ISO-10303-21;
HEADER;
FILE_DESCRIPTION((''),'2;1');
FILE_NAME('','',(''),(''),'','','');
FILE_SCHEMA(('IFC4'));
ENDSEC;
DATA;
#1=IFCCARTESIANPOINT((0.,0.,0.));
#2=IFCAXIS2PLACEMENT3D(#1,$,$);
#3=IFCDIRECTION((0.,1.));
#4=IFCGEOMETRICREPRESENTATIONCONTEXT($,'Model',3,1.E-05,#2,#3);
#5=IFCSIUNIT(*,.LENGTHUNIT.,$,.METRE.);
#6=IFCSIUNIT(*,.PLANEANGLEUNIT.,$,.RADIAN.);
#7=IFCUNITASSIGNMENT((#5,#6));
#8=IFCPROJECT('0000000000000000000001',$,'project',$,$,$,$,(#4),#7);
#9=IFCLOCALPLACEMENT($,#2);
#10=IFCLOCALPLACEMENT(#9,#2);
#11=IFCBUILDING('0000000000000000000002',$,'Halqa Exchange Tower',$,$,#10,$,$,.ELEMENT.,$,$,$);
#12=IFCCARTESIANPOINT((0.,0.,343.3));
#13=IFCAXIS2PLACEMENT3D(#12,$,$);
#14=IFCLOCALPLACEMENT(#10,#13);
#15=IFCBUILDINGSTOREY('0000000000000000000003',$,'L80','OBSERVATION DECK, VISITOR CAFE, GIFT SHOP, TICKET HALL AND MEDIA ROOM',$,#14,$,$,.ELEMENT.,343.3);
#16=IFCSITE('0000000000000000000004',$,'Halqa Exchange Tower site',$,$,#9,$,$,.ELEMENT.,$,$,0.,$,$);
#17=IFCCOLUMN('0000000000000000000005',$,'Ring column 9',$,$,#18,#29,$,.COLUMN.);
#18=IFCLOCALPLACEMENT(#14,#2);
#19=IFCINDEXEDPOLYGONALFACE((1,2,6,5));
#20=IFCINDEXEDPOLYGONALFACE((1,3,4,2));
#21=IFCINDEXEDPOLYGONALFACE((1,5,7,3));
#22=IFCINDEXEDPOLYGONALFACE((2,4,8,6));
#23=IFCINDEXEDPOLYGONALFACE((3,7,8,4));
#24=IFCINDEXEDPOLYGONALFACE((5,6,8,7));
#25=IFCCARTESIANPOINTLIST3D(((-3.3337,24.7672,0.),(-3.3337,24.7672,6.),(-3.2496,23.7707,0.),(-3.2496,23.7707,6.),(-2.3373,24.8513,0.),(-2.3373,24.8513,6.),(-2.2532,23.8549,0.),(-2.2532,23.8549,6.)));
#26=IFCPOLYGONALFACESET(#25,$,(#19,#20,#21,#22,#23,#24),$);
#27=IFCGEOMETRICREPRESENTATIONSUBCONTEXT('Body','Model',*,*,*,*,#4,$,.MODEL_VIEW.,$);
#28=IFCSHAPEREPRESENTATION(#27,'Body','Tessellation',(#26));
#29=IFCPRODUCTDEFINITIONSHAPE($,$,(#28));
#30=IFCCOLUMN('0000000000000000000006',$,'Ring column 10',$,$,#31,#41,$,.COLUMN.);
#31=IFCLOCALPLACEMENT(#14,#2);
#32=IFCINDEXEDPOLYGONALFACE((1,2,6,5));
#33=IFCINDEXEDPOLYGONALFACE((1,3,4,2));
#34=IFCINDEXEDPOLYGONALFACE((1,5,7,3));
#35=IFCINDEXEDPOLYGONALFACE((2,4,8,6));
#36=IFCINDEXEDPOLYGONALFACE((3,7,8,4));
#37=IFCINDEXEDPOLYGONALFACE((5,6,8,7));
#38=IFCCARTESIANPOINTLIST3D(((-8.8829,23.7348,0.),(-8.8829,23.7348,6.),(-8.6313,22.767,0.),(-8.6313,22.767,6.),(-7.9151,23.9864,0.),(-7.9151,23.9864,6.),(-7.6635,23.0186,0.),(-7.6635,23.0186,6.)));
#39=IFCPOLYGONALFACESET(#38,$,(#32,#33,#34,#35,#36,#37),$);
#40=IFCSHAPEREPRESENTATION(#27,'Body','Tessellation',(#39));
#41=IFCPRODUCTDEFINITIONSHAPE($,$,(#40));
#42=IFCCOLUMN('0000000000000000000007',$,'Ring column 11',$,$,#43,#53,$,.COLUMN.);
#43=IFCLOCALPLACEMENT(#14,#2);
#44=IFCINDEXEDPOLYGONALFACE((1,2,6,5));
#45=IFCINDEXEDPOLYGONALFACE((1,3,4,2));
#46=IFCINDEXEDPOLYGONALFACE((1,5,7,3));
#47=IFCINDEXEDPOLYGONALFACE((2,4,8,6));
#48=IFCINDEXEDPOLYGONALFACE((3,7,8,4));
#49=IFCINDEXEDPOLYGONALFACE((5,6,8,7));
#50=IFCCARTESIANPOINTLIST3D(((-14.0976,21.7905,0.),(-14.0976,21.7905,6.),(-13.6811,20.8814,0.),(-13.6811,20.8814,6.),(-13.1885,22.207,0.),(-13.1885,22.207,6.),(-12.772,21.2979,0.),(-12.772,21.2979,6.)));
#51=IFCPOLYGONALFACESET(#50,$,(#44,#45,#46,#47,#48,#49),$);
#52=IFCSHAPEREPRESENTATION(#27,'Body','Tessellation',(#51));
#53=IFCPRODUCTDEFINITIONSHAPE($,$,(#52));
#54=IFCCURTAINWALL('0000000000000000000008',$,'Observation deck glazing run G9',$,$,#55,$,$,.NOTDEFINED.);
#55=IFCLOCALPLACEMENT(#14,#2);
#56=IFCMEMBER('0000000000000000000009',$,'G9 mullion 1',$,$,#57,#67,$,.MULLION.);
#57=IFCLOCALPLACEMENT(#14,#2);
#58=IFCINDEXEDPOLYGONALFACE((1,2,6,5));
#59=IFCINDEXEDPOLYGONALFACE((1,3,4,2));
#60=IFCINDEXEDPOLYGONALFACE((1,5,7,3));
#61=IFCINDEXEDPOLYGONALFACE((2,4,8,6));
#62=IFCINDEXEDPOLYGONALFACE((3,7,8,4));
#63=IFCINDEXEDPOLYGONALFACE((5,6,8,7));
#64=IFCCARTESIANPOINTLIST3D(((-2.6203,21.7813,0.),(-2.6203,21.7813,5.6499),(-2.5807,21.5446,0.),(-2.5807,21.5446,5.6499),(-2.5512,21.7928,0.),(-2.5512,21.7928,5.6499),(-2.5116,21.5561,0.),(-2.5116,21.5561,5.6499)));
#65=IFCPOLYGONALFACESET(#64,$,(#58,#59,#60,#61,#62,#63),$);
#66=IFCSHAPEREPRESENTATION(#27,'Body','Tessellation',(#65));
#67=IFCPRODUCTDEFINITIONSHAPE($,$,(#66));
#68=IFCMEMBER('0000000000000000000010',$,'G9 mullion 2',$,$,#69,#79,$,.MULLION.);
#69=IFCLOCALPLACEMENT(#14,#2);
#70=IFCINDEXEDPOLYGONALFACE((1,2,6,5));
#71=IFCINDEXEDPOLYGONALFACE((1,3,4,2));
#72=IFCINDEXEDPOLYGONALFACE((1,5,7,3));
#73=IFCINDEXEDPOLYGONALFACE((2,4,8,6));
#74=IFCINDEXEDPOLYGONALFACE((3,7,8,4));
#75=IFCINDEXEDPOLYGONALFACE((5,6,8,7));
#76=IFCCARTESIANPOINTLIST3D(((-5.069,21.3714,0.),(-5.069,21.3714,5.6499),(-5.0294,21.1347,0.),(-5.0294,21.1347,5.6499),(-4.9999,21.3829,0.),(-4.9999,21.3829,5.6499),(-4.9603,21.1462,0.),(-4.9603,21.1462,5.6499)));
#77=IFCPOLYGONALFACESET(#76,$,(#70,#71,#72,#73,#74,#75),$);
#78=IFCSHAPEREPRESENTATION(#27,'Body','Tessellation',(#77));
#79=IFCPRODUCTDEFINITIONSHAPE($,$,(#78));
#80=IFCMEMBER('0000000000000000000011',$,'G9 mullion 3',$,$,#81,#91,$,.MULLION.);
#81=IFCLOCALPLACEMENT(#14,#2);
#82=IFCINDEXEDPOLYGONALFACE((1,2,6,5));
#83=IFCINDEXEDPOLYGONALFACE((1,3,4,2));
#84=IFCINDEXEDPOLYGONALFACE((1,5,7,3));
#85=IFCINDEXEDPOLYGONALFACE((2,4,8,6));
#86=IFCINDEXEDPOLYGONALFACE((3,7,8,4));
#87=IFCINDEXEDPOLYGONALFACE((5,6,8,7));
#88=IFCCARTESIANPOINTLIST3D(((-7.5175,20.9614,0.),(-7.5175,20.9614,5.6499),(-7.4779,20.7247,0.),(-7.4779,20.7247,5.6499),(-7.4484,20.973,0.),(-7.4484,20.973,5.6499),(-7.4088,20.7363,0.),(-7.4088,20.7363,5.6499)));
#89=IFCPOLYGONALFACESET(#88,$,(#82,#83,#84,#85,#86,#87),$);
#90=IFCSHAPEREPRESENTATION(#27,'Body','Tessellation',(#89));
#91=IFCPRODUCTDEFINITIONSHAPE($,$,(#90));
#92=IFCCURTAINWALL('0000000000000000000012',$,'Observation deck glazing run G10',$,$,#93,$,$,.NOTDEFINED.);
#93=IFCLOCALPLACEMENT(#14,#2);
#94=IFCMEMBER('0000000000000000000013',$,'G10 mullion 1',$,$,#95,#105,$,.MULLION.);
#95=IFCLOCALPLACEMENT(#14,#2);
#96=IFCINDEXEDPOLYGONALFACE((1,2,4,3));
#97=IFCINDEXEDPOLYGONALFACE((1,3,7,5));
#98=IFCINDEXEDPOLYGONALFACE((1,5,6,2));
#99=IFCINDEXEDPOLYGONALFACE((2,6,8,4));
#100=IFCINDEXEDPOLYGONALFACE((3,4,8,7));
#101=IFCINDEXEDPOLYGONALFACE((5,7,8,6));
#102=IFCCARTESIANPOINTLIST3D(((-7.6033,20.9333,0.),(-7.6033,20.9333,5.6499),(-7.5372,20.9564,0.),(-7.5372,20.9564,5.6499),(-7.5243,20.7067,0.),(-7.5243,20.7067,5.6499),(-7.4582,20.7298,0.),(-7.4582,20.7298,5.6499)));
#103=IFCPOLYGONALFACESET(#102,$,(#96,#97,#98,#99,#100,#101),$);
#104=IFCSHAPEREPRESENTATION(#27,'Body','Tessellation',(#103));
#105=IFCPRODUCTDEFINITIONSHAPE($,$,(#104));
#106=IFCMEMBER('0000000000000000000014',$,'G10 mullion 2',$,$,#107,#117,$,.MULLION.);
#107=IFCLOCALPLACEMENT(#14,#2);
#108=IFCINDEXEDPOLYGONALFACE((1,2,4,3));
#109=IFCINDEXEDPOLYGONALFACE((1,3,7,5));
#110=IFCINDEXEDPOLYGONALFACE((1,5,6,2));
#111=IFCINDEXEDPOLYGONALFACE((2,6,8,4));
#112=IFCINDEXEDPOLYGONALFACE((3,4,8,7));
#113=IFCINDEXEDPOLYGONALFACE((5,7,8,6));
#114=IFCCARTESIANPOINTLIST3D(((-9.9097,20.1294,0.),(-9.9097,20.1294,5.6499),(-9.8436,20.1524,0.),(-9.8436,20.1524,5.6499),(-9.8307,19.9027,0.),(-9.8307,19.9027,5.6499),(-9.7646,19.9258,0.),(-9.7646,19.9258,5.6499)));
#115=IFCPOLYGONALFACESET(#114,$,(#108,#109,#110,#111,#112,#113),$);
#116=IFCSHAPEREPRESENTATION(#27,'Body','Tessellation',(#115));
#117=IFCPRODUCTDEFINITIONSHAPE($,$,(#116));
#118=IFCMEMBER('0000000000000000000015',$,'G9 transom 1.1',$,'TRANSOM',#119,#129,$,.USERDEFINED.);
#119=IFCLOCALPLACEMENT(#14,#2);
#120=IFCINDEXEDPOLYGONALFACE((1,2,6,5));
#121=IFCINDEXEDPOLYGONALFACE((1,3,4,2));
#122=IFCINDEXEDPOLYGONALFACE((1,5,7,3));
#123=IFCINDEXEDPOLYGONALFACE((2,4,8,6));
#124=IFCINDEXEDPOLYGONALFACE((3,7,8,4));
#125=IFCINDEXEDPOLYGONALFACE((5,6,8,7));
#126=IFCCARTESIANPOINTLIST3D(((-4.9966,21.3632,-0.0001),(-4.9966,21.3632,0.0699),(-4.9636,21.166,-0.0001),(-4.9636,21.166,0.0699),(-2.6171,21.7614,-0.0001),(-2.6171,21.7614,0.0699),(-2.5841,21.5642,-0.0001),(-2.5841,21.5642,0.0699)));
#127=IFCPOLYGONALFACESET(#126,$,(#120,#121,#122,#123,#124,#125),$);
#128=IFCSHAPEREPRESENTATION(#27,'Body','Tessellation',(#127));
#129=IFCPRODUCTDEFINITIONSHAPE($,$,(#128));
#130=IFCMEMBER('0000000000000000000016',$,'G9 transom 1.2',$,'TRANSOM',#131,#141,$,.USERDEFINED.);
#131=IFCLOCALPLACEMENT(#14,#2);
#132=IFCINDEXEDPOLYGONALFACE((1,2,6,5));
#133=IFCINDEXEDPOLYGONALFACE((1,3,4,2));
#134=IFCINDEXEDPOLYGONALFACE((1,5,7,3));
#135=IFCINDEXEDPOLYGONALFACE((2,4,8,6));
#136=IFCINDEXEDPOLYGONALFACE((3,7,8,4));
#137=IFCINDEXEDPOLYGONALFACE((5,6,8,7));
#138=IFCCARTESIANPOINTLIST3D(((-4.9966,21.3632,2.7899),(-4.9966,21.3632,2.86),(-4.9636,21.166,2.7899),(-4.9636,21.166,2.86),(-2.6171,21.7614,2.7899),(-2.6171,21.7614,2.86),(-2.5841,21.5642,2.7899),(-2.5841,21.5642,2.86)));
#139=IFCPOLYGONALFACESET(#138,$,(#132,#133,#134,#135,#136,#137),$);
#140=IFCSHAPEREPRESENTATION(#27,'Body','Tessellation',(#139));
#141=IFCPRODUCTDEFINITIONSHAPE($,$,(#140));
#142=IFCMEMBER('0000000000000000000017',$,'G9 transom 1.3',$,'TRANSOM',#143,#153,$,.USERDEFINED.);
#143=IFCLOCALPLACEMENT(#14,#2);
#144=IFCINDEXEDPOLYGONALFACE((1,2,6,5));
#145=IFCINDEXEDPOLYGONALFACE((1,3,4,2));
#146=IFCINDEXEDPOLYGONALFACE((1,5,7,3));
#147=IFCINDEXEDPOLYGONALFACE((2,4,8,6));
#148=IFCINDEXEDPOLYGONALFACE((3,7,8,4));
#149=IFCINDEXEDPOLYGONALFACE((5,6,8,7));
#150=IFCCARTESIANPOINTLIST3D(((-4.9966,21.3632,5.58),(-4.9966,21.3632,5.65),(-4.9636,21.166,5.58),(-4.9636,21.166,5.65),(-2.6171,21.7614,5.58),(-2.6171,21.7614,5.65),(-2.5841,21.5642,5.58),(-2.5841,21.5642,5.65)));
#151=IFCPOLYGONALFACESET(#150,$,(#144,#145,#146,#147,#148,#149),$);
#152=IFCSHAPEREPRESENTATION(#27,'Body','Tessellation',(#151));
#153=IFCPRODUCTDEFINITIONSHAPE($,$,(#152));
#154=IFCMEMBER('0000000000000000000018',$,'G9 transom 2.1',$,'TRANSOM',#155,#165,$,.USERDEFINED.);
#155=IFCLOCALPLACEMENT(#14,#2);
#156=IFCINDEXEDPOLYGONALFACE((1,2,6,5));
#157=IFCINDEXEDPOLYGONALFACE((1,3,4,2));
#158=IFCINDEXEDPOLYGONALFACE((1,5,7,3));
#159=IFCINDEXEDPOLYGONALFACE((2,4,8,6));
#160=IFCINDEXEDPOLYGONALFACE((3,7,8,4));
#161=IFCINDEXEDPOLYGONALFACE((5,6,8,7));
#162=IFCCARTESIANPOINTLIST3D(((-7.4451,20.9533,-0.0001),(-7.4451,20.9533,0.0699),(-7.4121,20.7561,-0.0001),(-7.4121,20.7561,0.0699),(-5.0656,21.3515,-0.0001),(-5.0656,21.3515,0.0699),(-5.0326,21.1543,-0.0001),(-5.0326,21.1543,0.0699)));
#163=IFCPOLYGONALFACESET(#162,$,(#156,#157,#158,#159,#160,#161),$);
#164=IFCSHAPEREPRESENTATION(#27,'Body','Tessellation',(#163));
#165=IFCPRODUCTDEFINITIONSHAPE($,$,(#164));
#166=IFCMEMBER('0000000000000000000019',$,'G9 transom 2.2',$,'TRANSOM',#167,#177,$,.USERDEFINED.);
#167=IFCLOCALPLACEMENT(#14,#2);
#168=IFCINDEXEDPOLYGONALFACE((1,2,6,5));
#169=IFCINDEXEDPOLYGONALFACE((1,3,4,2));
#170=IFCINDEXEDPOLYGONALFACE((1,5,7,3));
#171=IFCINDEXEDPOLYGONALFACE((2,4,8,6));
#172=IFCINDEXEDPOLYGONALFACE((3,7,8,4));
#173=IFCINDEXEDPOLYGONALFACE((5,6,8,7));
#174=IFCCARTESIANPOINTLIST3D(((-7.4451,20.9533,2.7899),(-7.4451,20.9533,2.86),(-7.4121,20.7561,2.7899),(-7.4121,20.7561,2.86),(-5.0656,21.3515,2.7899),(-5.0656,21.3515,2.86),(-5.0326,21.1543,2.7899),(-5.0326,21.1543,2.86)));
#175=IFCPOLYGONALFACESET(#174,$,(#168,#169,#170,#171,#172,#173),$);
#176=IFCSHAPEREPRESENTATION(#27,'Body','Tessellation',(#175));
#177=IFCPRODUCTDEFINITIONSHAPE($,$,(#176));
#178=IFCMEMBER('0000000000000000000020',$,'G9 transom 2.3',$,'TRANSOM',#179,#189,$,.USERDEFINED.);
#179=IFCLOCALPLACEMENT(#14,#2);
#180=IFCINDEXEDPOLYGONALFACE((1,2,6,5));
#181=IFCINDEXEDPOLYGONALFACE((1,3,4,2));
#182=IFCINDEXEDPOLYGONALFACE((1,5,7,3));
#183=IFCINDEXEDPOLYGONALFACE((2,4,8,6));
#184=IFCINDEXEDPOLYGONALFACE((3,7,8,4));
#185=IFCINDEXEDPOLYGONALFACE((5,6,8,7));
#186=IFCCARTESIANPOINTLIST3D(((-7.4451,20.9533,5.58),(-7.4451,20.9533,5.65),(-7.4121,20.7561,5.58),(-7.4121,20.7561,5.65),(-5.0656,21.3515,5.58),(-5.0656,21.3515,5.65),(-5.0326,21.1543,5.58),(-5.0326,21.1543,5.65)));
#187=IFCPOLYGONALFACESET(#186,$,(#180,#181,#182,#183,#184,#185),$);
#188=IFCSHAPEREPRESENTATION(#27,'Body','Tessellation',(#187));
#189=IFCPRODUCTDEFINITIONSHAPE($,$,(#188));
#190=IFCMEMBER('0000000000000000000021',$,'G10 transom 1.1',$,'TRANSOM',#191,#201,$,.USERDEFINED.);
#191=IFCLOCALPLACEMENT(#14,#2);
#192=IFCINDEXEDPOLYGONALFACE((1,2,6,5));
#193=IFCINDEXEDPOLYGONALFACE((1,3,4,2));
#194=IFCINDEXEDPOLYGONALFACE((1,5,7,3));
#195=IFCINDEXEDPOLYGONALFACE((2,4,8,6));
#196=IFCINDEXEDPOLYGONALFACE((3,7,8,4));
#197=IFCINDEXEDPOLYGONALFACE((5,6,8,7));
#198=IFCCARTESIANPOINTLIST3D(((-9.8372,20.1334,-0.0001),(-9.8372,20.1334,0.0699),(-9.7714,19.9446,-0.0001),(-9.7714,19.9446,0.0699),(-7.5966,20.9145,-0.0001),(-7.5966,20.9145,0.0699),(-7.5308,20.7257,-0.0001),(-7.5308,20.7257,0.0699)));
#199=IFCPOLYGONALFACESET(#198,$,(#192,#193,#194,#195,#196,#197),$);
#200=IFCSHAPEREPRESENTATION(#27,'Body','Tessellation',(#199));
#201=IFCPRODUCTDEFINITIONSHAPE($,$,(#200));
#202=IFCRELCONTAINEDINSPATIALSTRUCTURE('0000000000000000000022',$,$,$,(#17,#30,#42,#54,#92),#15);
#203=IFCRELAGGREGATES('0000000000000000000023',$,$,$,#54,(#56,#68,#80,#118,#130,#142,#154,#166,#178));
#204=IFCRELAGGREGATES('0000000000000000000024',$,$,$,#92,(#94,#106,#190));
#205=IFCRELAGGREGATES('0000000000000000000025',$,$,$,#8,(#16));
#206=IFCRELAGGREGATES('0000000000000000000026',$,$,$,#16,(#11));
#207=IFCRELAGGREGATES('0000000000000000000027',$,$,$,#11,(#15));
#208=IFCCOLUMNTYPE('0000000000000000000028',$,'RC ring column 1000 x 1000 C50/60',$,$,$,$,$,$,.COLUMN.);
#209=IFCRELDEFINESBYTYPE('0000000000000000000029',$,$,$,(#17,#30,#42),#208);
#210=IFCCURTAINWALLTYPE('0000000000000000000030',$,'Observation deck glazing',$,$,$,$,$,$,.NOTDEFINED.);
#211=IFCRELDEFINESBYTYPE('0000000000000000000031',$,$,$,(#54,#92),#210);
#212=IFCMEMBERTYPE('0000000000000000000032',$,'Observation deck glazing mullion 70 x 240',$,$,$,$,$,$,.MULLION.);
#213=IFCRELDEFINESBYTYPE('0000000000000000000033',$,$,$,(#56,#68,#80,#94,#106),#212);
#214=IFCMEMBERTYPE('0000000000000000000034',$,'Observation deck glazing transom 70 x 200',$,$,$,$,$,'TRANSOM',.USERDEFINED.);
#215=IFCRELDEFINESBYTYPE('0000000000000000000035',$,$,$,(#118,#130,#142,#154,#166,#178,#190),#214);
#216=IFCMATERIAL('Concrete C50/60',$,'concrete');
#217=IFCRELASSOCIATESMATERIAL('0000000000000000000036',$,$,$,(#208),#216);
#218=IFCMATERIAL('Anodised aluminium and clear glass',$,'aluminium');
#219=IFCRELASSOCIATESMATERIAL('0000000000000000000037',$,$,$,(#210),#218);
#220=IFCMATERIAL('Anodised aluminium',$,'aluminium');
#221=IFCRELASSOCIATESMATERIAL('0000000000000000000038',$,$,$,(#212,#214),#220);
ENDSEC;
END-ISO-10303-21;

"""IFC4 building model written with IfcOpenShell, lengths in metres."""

from ifc_helpers import new_model, si_unit, direction, frame, origin, origin_2d, place, context, subcontext, project, spatial, rectangle, extrude, material, material_profile, profile_set, type_object, element, aggregate, save


model = new_model("IFC4")

# Units and contexts
model_context = context("Model", 3, precision=1e-05, world=origin(), true_north=direction((0.0, 1.0)))
body_context = subcontext(model_context, "Body", "Model", "MODEL_VIEW")
ifc_project = project(units=[si_unit("LENGTHUNIT", "METRE"), si_unit("PLANEANGLEUNIT", "RADIAN")], contexts=[model_context])

# Site, building, storey
site_placement = place(None, origin())
site = spatial("IfcSite", under=ifc_project, at=site_placement, Name="Halqa Exchange Tower site", CompositionType="ELEMENT", RefElevation=0.0)
building_placement = place(site_placement, origin())
building = spatial("IfcBuilding", under=site, at=building_placement, Name="Halqa Exchange Tower", CompositionType="ELEMENT")
storey_placement = place(building_placement, frame((0.0, 0.0, 343.3)))
storey = spatial("IfcBuildingStorey", under=building, at=storey_placement, Name="L80", Description="OBSERVATION DECK, VISITOR CAFE, GIFT SHOP, TICKET HALL AND MEDIA ROOM", CompositionType="ELEMENT", Elevation=343.3)

# Columns
ifc_material_1 = material(Name="Concrete C50/60", Category="concrete")
ifc_material_profile_1 = material_profile(ifc_material_1, rectangle(XDim=1.0, YDim=1.0, at=origin_2d()), Name="1000 x 1000")
ifc_profile_set_1 = profile_set([ifc_material_profile_1], Name="Concrete C50/60")
column_type = type_object("IfcColumnType", Name="RC ring column 1000 x 1000 C50/60", PredefinedType="COLUMN", material=ifc_profile_set_1)
for number, where, z_axis, x_axis, name in (
    (1, (-2.7935, 24.311, 0.0), (0.0, 0.0, 1.0), (-0.996455, -0.084127, 0.0), "Ring column 9"),
    (2, (-8.2732, 23.3767, 0.0), (0.0, 0.0, 1.0), (-0.967819, -0.251647, 0.0), "Ring column 10"),
    (3, (-13.4348, 21.5442, 0.0), (0.0, 0.0, 1.0), (-0.909129, -0.416516, 0.0), "Ring column 11"),
):
    element("IfcColumn", number, at=place(storey_placement, frame(where, z_axis=z_axis, x_axis=x_axis)), inside=storey, type_object=column_type, Name=name, PredefinedType="COLUMN", context=body_context, shape_type="SweptSolid", body=[
        extrude(rectangle(XDim=1.0, YDim=1.0, at=origin_2d()), origin(), (0.0, 0.0, 1.0), 6.0),
    ])

# Curtain walls, members
ifc_material_2 = material(Name="Anodised aluminium and clear glass", Category="aluminium")
curtain_wall_type = type_object("IfcCurtainWallType", Name="Observation deck glazing", PredefinedType="NOTDEFINED", material=ifc_material_2)
curtain_wall_1_placement = place(storey_placement, origin())
curtain_wall_1 = element("IfcCurtainWall", 4, at=curtain_wall_1_placement, inside=storey, type_object=curtain_wall_type, Name="Observation deck glazing run G9", PredefinedType="NOTDEFINED")
ifc_material_3 = material(Name="Anodised aluminium", Category="aluminium")
ifc_material_profile_2 = material_profile(ifc_material_3, rectangle(XDim=0.24, YDim=0.0701, at=origin_2d()), Name="AL 70x240")
ifc_profile_set_2 = profile_set([ifc_material_profile_2], Name="Anodised aluminium")
member_type_1 = type_object("IfcMemberType", Name="Observation deck glazing mullion 70 x 240", PredefinedType="MULLION", material=ifc_profile_set_2)
member_1_placement = place(storey_placement, frame((-2.5659, 21.6687, 0.0), z_axis=(0.0, 0.0, 1.0), x_axis=(0.165117, -0.986274, 0.0)))
member_1 = element("IfcMember", 5, at=member_1_placement, type_object=member_type_1, Name="G9 mullion 1", PredefinedType="MULLION", context=body_context, shape_type="SweptSolid", body=[
    extrude(rectangle(XDim=0.24, YDim=0.0701, at=origin_2d()), origin(), (0.0, 0.0, 1.0), 5.6499),
])
member_2_placement = place(storey_placement, frame((-5.0146, 21.2588, 0.0), z_axis=(0.0, 0.0, 1.0), x_axis=(0.165117, -0.986274, 0.0)))
member_2 = element("IfcMember", 6, at=member_2_placement, type_object=member_type_1, Name="G9 mullion 2", PredefinedType="MULLION", context=body_context, shape_type="SweptSolid", body=[
    extrude(rectangle(XDim=0.24, YDim=0.0701, at=origin_2d()), origin(), (0.0, 0.0, 1.0), 5.6499),
])
member_3_placement = place(storey_placement, frame((-7.4631, 20.8489, 0.0), z_axis=(0.0, 0.0, 1.0), x_axis=(0.165117, -0.986274, 0.0)))
member_3 = element("IfcMember", 7, at=member_3_placement, type_object=member_type_1, Name="G9 mullion 3", PredefinedType="MULLION", context=body_context, shape_type="SweptSolid", body=[
    extrude(rectangle(XDim=0.24, YDim=0.0701, at=origin_2d()), origin(), (0.0, 0.0, 1.0), 5.6499),
])
curtain_wall_2_placement = place(storey_placement, origin())
curtain_wall_2 = element("IfcCurtainWall", 8, at=curtain_wall_2_placement, inside=storey, type_object=curtain_wall_type, Name="Observation deck glazing run G10", PredefinedType="NOTDEFINED")
member_4_placement = place(storey_placement, frame((-7.5308, 20.8315, 0.0), z_axis=(0.0, 0.0, 1.0), x_axis=(0.32916, -0.944274, 0.0)))
member_4 = element("IfcMember", 9, at=member_4_placement, type_object=member_type_1, Name="G10 mullion 1", PredefinedType="MULLION", context=body_context, shape_type="SweptSolid", body=[
    extrude(rectangle(XDim=0.24, YDim=0.0701, at=origin_2d()), origin(), (0.0, 0.0, 1.0), 5.6499),
])
member_5_placement = place(storey_placement, frame((-9.8372, 20.0276, 0.0), z_axis=(0.0, 0.0, 1.0), x_axis=(0.32916, -0.944274, 0.0)))
member_5 = element("IfcMember", 10, at=member_5_placement, type_object=member_type_1, Name="G10 mullion 2", PredefinedType="MULLION", context=body_context, shape_type="SweptSolid", body=[
    extrude(rectangle(XDim=0.24, YDim=0.0701, at=origin_2d()), origin(), (0.0, 0.0, 1.0), 5.6499),
])

# Members
ifc_material_profile_3 = material_profile(ifc_material_3, rectangle(XDim=0.2, YDim=0.0701, at=origin_2d()), Name="AL 70x200")
ifc_profile_set_3 = profile_set([ifc_material_profile_3], Name="Anodised aluminium")
member_type_2 = type_object("IfcMemberType", Name="Observation deck glazing transom 70 x 200", ElementType="TRANSOM", PredefinedType="USERDEFINED", material=ifc_profile_set_3)
member_6_placement = place(storey_placement, frame((-2.6006, 21.6628, 0.0349), z_axis=(-0.986284, -0.165055, 0.0), x_axis=(0.165055, -0.986284, 0.0)))
member_6 = element("IfcMember", 11, at=member_6_placement, type_object=member_type_2, Name="G9 transom 1.1", ObjectType="TRANSOM", PredefinedType="USERDEFINED", context=body_context, shape_type="SweptSolid", body=[
    extrude(rectangle(XDim=0.2, YDim=0.0701, at=origin_2d()), origin(), (0.0, 0.0, 1.0), 2.4126),
])
member_7_placement = place(storey_placement, frame((-2.6006, 21.6628, 2.825), z_axis=(-0.986284, -0.165055, 0.0), x_axis=(0.165055, -0.986284, 0.0)))
member_7 = element("IfcMember", 12, at=member_7_placement, type_object=member_type_2, Name="G9 transom 1.2", ObjectType="TRANSOM", PredefinedType="USERDEFINED", context=body_context, shape_type="SweptSolid", body=[
    extrude(rectangle(XDim=0.2, YDim=0.0701, at=origin_2d()), origin(), (0.0, 0.0, 1.0), 2.4126),
])
member_8_placement = place(storey_placement, frame((-2.6006, 21.6628, 5.615), z_axis=(-0.986284, -0.165055, 0.0), x_axis=(0.165055, -0.986284, 0.0)))
member_8 = element("IfcMember", 13, at=member_8_placement, type_object=member_type_2, Name="G9 transom 1.3", ObjectType="TRANSOM", PredefinedType="USERDEFINED", context=body_context, shape_type="SweptSolid", body=[
    extrude(rectangle(XDim=0.2, YDim=0.0701, at=origin_2d()), origin(), (0.0, 0.0, 1.0), 2.4126),
])
member_9_placement = place(storey_placement, frame((-5.0491, 21.2529, 0.0349), z_axis=(-0.986284, -0.165055, 0.0), x_axis=(0.165055, -0.986284, 0.0)))
member_9 = element("IfcMember", 14, at=member_9_placement, type_object=member_type_2, Name="G9 transom 2.1", ObjectType="TRANSOM", PredefinedType="USERDEFINED", context=body_context, shape_type="SweptSolid", body=[
    extrude(rectangle(XDim=0.2, YDim=0.0701, at=origin_2d()), origin(), (0.0, 0.0, 1.0), 2.4126),
])
member_10_placement = place(storey_placement, frame((-5.0491, 21.2529, 2.825), z_axis=(-0.986284, -0.165055, 0.0), x_axis=(0.165055, -0.986284, 0.0)))
member_10 = element("IfcMember", 15, at=member_10_placement, type_object=member_type_2, Name="G9 transom 2.2", ObjectType="TRANSOM", PredefinedType="USERDEFINED", context=body_context, shape_type="SweptSolid", body=[
    extrude(rectangle(XDim=0.2, YDim=0.0701, at=origin_2d()), origin(), (0.0, 0.0, 1.0), 2.4126),
])
member_11_placement = place(storey_placement, frame((-5.0491, 21.2529, 5.615), z_axis=(-0.986284, -0.165055, 0.0), x_axis=(0.165055, -0.986284, 0.0)))
member_11 = element("IfcMember", 16, at=member_11_placement, type_object=member_type_2, Name="G9 transom 2.3", ObjectType="TRANSOM", PredefinedType="USERDEFINED", context=body_context, shape_type="SweptSolid", body=[
    extrude(rectangle(XDim=0.2, YDim=0.0701, at=origin_2d()), origin(), (0.0, 0.0, 1.0), 2.4126),
])
member_12_placement = place(storey_placement, frame((-7.5637, 20.8201, 0.0349), z_axis=(-0.944273, -0.329163, 0.0), x_axis=(0.329163, -0.944273, 0.0)))
member_12 = element("IfcMember", 17, at=member_12_placement, type_object=member_type_2, Name="G10 transom 1.1", ObjectType="TRANSOM", PredefinedType="USERDEFINED", context=body_context, shape_type="SweptSolid", body=[
    extrude(rectangle(XDim=0.2, YDim=0.0701, at=origin_2d()), origin(), (0.0, 0.0, 1.0), 2.3728),
])

aggregate(curtain_wall_1, [member_1, member_2, member_3, member_6, member_7, member_8, member_9, member_10, member_11])
aggregate(curtain_wall_2, [member_4, member_5, member_12])

save(model, "model.ifc")
